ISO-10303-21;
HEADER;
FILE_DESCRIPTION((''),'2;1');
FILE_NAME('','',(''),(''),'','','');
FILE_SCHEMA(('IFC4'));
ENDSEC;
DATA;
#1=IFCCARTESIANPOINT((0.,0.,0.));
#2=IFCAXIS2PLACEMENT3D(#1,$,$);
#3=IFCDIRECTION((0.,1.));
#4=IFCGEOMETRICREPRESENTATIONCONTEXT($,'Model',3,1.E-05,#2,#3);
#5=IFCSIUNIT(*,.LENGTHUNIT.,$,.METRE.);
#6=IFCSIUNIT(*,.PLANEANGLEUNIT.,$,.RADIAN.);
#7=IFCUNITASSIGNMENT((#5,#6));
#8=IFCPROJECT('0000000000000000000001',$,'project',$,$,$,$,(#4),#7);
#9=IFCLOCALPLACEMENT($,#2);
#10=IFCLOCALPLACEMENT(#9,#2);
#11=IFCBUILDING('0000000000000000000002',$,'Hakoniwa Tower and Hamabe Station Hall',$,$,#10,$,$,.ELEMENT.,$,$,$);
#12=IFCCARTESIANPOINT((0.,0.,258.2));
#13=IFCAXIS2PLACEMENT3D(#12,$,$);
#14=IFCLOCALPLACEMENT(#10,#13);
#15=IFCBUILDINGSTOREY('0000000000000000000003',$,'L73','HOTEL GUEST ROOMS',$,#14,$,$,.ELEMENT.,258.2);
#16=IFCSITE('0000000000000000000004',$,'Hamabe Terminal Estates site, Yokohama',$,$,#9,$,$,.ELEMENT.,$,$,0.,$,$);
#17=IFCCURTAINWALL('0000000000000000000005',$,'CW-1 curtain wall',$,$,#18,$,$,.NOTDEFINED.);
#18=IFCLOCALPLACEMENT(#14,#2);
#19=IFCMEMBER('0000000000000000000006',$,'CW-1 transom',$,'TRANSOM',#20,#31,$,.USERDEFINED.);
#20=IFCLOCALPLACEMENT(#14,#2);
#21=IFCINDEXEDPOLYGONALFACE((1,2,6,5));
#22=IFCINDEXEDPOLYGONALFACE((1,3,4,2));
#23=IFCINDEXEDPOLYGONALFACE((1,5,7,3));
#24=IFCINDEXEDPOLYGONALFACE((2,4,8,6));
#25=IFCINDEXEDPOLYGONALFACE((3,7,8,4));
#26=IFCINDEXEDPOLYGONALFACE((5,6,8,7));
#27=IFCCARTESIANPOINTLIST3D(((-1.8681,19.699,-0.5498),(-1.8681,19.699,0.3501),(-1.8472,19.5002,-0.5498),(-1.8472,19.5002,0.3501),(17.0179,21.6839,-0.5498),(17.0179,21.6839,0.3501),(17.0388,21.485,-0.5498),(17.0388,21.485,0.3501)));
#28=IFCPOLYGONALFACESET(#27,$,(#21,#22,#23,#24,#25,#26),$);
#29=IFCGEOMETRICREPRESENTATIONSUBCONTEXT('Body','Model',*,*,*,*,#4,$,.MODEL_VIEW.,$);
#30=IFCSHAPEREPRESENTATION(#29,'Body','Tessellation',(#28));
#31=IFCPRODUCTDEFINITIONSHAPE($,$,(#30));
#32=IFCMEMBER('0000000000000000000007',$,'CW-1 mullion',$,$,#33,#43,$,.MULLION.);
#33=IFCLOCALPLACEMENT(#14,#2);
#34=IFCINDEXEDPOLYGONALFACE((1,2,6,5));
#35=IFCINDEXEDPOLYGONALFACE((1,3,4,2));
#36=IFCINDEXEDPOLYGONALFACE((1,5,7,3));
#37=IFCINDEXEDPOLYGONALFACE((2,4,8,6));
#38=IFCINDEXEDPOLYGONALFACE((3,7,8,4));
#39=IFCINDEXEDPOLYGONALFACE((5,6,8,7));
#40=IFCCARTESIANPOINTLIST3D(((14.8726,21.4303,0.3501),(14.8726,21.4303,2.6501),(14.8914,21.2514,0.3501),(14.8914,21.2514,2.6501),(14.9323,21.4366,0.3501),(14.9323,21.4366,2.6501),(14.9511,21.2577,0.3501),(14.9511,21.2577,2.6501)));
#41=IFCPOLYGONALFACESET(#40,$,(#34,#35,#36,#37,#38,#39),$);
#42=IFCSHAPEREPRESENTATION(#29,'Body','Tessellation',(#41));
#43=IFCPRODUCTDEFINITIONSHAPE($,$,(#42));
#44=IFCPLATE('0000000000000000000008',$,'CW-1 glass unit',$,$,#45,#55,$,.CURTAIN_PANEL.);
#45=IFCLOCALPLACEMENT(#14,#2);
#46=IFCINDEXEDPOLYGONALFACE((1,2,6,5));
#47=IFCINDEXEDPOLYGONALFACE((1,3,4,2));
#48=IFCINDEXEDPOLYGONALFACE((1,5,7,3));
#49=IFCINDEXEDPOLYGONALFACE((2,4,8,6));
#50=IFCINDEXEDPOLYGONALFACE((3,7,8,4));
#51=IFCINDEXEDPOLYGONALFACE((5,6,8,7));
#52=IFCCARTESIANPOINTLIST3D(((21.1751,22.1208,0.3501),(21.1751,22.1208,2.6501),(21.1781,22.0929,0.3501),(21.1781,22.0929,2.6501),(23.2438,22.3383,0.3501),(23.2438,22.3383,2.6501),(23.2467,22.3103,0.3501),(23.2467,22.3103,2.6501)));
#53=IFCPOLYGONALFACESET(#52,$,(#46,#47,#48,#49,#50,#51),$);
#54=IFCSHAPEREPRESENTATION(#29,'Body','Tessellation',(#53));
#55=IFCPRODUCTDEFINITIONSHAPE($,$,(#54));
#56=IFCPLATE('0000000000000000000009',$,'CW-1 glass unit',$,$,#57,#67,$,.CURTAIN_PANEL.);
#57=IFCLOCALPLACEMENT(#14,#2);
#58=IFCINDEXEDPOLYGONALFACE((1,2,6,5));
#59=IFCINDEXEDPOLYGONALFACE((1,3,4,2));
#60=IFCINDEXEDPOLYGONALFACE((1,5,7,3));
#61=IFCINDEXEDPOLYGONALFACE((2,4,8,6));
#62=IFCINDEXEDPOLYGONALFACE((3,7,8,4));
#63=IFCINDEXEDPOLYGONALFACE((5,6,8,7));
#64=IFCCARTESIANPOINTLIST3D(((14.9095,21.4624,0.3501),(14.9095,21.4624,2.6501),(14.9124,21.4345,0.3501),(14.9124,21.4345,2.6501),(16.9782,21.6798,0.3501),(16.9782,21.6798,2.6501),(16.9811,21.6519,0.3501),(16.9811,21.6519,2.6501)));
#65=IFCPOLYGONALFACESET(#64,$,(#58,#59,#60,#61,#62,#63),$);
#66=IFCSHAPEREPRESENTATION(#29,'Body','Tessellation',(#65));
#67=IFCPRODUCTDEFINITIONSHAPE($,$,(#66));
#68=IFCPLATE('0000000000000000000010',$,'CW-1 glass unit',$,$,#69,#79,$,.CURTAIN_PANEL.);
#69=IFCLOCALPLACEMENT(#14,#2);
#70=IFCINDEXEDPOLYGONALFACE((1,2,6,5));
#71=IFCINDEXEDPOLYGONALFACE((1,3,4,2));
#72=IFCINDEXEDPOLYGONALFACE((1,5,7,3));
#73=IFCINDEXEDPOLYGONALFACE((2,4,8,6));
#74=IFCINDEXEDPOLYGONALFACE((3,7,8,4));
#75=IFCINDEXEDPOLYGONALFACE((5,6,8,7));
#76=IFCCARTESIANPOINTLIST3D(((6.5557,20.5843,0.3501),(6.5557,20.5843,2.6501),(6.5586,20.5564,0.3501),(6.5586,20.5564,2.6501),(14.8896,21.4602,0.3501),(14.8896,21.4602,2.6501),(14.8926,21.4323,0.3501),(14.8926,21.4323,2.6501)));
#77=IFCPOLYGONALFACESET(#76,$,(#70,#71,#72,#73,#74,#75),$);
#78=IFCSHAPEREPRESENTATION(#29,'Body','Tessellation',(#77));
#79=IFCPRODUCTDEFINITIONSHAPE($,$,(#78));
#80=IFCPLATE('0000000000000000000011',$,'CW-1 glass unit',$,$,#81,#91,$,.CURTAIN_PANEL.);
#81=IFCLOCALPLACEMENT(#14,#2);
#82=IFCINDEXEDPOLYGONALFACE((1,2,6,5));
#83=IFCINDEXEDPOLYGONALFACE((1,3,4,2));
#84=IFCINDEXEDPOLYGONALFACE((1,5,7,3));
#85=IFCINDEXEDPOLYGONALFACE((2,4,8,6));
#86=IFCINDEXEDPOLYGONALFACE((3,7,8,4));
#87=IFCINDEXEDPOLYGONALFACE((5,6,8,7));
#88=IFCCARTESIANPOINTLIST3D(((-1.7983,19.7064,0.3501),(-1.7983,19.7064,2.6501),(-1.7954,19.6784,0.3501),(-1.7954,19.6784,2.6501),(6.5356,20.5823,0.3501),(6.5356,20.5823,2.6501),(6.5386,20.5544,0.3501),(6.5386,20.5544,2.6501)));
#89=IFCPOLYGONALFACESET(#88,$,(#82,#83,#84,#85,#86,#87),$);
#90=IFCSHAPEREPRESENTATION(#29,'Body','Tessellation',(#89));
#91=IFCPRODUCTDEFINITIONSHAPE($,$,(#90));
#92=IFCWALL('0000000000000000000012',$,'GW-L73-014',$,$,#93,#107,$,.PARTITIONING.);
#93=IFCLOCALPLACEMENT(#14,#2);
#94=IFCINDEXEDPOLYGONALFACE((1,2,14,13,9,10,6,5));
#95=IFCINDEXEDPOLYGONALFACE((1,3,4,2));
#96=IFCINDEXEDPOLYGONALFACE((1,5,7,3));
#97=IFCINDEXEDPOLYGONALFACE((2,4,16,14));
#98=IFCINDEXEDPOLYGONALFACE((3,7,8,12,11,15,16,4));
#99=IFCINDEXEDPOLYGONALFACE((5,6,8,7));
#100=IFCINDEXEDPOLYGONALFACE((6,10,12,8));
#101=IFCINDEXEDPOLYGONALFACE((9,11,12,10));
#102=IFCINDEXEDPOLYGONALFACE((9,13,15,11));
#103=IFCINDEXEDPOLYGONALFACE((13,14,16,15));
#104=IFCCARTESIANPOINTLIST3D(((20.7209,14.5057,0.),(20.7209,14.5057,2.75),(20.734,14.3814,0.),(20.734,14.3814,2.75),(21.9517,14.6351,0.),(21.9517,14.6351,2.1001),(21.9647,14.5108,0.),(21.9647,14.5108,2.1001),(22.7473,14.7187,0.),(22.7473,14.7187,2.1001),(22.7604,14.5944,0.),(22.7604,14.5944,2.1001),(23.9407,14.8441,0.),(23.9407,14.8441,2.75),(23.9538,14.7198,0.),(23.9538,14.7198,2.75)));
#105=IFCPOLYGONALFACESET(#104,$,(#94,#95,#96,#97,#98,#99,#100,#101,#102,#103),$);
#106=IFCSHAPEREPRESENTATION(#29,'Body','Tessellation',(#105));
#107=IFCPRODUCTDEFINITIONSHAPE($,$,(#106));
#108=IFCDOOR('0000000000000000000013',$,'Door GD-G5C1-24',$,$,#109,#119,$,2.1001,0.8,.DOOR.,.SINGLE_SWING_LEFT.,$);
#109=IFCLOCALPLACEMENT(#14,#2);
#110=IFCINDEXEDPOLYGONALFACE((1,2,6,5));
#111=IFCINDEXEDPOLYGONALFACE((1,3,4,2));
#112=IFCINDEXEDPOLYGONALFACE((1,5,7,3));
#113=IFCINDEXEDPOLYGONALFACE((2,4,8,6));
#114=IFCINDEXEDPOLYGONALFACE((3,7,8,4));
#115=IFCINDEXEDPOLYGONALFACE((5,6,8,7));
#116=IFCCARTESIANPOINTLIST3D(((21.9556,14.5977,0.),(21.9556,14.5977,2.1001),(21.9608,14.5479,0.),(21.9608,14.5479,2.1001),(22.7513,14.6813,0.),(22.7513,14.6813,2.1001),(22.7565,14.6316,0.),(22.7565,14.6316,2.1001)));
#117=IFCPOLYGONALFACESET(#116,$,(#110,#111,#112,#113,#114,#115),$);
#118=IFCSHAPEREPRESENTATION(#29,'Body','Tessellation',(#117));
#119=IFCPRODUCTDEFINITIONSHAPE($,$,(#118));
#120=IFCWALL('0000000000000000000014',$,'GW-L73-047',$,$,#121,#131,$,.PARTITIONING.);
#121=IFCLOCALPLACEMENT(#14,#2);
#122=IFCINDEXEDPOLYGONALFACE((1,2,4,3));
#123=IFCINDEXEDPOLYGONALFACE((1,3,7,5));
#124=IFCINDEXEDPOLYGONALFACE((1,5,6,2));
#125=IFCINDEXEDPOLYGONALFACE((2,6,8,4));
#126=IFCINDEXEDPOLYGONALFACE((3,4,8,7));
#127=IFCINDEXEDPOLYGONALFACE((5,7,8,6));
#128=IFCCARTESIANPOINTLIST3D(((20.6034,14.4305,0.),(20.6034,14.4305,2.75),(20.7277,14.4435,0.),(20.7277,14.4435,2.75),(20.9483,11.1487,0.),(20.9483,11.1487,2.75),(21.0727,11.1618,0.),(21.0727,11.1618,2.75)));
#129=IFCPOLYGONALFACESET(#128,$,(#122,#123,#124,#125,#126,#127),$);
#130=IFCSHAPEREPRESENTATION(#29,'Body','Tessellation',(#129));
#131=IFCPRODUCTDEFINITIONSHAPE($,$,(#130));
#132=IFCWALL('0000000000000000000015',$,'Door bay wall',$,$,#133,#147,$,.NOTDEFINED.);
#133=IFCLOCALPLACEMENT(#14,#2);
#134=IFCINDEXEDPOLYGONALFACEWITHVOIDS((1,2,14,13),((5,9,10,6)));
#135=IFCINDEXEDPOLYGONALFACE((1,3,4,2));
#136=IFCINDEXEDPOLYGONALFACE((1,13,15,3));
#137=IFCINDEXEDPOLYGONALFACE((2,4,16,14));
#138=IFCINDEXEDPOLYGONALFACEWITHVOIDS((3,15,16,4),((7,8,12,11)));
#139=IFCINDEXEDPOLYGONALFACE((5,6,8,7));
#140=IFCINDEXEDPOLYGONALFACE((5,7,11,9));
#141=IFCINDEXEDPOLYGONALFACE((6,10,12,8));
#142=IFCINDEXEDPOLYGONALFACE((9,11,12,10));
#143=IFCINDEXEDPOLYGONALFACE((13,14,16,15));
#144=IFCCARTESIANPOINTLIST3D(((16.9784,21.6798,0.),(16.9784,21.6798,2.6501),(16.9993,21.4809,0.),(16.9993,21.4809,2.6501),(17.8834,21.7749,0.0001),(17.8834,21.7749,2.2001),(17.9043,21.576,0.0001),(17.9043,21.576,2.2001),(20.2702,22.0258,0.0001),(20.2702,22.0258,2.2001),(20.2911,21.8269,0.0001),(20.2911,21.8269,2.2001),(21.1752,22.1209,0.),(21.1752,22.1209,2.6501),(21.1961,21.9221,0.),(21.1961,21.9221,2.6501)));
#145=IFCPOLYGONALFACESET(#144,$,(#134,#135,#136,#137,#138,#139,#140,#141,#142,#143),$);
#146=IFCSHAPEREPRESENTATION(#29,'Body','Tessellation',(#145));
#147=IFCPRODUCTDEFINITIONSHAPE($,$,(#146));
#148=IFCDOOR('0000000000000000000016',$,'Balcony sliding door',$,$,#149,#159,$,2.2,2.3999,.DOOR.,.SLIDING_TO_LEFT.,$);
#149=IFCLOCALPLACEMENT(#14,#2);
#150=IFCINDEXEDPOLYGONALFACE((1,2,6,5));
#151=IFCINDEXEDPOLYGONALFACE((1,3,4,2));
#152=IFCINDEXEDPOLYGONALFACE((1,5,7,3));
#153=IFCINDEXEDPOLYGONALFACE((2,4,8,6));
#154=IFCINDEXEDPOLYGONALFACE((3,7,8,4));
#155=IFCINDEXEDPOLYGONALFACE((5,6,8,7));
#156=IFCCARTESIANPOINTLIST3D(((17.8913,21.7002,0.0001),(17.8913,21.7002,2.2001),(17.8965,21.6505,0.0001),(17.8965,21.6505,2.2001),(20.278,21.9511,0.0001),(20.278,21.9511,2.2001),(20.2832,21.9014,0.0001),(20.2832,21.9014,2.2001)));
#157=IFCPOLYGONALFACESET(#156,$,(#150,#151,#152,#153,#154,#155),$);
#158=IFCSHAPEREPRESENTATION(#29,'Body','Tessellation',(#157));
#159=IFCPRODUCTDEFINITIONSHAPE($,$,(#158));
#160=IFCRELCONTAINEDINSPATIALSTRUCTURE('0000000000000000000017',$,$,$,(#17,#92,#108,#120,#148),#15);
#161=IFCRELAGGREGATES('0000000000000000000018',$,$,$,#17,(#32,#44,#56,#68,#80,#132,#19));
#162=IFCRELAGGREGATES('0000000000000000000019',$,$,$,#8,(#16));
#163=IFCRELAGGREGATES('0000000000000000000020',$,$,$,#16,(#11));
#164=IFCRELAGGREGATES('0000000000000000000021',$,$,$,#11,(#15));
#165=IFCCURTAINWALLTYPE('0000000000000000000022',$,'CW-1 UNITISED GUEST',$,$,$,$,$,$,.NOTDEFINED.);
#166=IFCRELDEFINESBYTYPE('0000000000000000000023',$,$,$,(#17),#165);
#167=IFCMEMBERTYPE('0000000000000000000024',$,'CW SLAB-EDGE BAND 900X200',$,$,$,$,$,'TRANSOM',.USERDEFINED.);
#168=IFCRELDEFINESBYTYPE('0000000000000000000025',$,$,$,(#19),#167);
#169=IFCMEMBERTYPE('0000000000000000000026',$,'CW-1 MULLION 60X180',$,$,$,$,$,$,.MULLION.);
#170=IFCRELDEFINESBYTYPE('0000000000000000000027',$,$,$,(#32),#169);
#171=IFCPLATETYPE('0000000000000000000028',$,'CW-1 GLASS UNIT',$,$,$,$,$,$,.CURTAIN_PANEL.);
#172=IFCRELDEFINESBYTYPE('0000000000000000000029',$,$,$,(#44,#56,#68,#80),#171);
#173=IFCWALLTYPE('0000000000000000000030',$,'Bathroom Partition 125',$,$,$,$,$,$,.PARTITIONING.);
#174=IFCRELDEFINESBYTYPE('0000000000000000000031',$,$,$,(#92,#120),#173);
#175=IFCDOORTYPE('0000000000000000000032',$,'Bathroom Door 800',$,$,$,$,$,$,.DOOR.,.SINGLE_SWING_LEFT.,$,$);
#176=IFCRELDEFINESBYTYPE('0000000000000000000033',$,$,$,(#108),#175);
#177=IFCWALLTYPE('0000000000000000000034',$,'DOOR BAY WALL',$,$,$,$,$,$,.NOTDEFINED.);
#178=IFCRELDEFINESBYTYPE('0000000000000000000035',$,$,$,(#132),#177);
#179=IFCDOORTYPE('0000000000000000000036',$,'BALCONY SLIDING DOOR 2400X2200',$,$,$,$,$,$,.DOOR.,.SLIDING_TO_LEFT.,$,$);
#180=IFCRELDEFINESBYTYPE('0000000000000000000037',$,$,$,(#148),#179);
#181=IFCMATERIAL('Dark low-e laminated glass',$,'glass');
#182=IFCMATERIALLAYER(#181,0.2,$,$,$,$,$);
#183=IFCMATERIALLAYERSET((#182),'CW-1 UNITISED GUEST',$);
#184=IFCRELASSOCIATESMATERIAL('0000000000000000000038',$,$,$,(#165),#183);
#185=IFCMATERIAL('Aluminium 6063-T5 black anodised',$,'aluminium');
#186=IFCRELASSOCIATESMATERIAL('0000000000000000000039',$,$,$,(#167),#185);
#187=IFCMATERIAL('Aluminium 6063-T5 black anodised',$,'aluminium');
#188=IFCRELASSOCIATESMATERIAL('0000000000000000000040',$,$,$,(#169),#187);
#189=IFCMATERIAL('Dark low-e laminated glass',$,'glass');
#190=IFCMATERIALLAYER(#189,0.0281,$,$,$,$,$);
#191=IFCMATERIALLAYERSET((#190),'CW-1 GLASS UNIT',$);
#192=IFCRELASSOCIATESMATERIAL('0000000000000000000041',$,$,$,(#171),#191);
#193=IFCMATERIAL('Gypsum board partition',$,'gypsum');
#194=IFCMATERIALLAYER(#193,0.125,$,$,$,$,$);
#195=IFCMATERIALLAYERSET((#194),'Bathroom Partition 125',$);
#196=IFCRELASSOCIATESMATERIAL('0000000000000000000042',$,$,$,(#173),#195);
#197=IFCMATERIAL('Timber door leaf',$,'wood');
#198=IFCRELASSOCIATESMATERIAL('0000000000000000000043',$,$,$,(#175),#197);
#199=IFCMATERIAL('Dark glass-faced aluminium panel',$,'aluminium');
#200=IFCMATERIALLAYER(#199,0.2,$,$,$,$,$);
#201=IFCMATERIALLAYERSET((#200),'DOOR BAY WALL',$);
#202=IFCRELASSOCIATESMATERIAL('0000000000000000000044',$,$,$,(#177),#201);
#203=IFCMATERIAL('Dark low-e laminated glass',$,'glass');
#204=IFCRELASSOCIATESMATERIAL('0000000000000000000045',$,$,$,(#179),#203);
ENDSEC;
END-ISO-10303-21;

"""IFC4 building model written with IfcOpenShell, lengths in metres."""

from ifc_helpers import new_model, si_unit, direction, frame, frame_2d, origin, origin_2d, place, context, subcontext, project, spatial, rectangle, extrude, material, layer, layer_set, material_profile, profile_set, type_object, element, fill, aggregate, save


model = new_model("IFC4")

# Units and contexts
model_context = context("Model", 3, precision=1e-05, world=origin(), true_north=direction((0.0, 1.0)))
body_context = subcontext(model_context, "Body", "Model", "MODEL_VIEW")
ifc_project = project(units=[si_unit("LENGTHUNIT", "METRE"), si_unit("PLANEANGLEUNIT", "RADIAN")], contexts=[model_context])

# Site, building, storey
site_placement = place(None, origin())
site = spatial("IfcSite", under=ifc_project, at=site_placement, Name="Hamabe Terminal Estates site, Yokohama", CompositionType="ELEMENT", RefElevation=0.0)
building_placement = place(site_placement, origin())
building = spatial("IfcBuilding", under=site, at=building_placement, Name="Hakoniwa Tower and Hamabe Station Hall", CompositionType="ELEMENT")
storey_placement = place(building_placement, frame((0.0, 0.0, 258.2)))
storey = spatial("IfcBuildingStorey", under=building, at=storey_placement, Name="L73", Description="HOTEL GUEST ROOMS", CompositionType="ELEMENT", Elevation=258.2)

# Curtain wall, members, plates
ifc_material_1 = material(Name="Dark low-e laminated glass", Category="glass")
ifc_layer_1 = layer(ifc_material_1, 0.2)
ifc_layer_set_1 = layer_set([ifc_layer_1], Name="CW-1 UNITISED GUEST")
curtain_wall_type = type_object("IfcCurtainWallType", Name="CW-1 UNITISED GUEST", PredefinedType="NOTDEFINED", material=ifc_layer_set_1)
curtain_wall_placement = place(storey_placement, origin())
curtain_wall = element("IfcCurtainWall", 1, at=curtain_wall_placement, inside=storey, type_object=curtain_wall_type, Name="CW-1 curtain wall", PredefinedType="NOTDEFINED")
ifc_material_2 = material(Name="Aluminium 6063-T5 black anodised", Category="aluminium")
ifc_material_profile_1 = material_profile(ifc_material_2, rectangle(XDim=0.2, YDim=0.8999, at=origin_2d()), Name="CW SLAB-EDGE BAND 900X200")
ifc_profile_set_1 = profile_set([ifc_material_profile_1], Name="Aluminium 6063-T5 black anodised")
member_type_1 = type_object("IfcMemberType", Name="CW SLAB-EDGE BAND 900X200", ElementType="TRANSOM", PredefinedType="USERDEFINED", material=ifc_profile_set_1)
member_1_placement = place(storey_placement, frame((17.0283, 21.5845, -0.0999), z_axis=(-0.994523, -0.104521, 0.0), x_axis=(0.104521, -0.994523, 0.0)))
member_1 = element("IfcMember", 2, at=member_1_placement, type_object=member_type_1, Name="CW-1 transom", ObjectType="TRANSOM", PredefinedType="USERDEFINED", context=body_context, shape_type="SweptSolid", body=[
    extrude(rectangle(XDim=0.2, YDim=0.8999, at=origin_2d()), origin(), (0.0, 0.0, 1.0), 18.99),
])
ifc_material_3 = material(Name="Aluminium 6063-T5 black anodised", Category="aluminium")
ifc_material_profile_2 = material_profile(ifc_material_3, rectangle(XDim=0.0601, YDim=0.1799, at=origin_2d()), Name="CW-1 MULLION 60X180")
ifc_profile_set_2 = profile_set([ifc_material_profile_2], Name="Aluminium 6063-T5 black anodised")
member_type_2 = type_object("IfcMemberType", Name="CW-1 MULLION 60X180", PredefinedType="MULLION", material=ifc_profile_set_2)
member_2_placement = place(storey_placement, frame((14.9119, 21.344, 0.3501), z_axis=(0.0, 0.0, 1.0), x_axis=(-0.994522, -0.104528, 0.0)))
member_2 = element("IfcMember", 3, at=member_2_placement, type_object=member_type_2, Name="CW-1 mullion", PredefinedType="MULLION", context=body_context, shape_type="SweptSolid", body=[
    extrude(rectangle(XDim=0.0601, YDim=0.1799, at=origin_2d()), origin(), (0.0, 0.0, 1.0), 2.3),
])
ifc_material_4 = material(Name="Dark low-e laminated glass", Category="glass")
ifc_layer_2 = layer(ifc_material_4, 0.0281)
ifc_layer_set_2 = layer_set([ifc_layer_2], Name="CW-1 GLASS UNIT")
plate_type = type_object("IfcPlateType", Name="CW-1 GLASS UNIT", PredefinedType="CURTAIN_PANEL", material=ifc_layer_set_2)
plate_1_placement = place(storey_placement, frame((22.2109, 22.2156, 0.3501), z_axis=(0.0, 0.0, 1.0), x_axis=(-0.994522, -0.104528, 0.0)))
plate_1 = element("IfcPlate", 4, at=plate_1_placement, type_object=plate_type, Name="CW-1 glass unit", PredefinedType="CURTAIN_PANEL", context=body_context, shape_type="SweptSolid", body=[
    extrude(rectangle(XDim=2.0801, YDim=0.0281, at=origin_2d()), origin(), (0.0, 0.0, 1.0), 2.3),
])
plate_2_placement = place(storey_placement, frame((15.9453, 21.5571, 0.3501), z_axis=(0.0, 0.0, 1.0), x_axis=(-0.994522, -0.104528, 0.0)))
plate_2 = element("IfcPlate", 5, at=plate_2_placement, type_object=plate_type, Name="CW-1 glass unit", PredefinedType="CURTAIN_PANEL", context=body_context, shape_type="SweptSolid", body=[
    extrude(rectangle(XDim=2.0801, YDim=0.0281, at=origin_2d()), origin(), (0.0, 0.0, 1.0), 2.3),
])
plate_3_placement = place(storey_placement, frame((10.7241, 21.0083, 0.3501), z_axis=(0.0, 0.0, 1.0), x_axis=(-0.994522, -0.104528, 0.0)))
plate_3 = element("IfcPlate", 6, at=plate_3_placement, type_object=plate_type, Name="CW-1 glass unit", PredefinedType="CURTAIN_PANEL", context=body_context, shape_type="SweptSolid", body=[
    extrude(rectangle(XDim=8.3799, YDim=0.0281, at=origin_2d()), origin(), (0.0, 0.0, 1.0), 2.3),
])
plate_4_placement = place(storey_placement, frame((2.3701, 20.1304, 0.3501), z_axis=(0.0, 0.0, 1.0), x_axis=(-0.994522, -0.104528, 0.0)))
plate_4 = element("IfcPlate", 7, at=plate_4_placement, type_object=plate_type, Name="CW-1 glass unit", PredefinedType="CURTAIN_PANEL", context=body_context, shape_type="SweptSolid", body=[
    extrude(rectangle(XDim=8.3799, YDim=0.0281, at=origin_2d()), origin(), (0.0, 0.0, 1.0), 2.3),
])

# Wall, opening, door
ifc_material_5 = material(Name="Gypsum board partition", Category="gypsum")
ifc_layer_3 = layer(ifc_material_5, 0.125)
ifc_layer_set_3 = layer_set([ifc_layer_3], Name="Bathroom Partition 125")
wall_type_1 = type_object("IfcWallType", Name="Bathroom Partition 125", PredefinedType="PARTITIONING", material=ifc_layer_set_3)
wall_1_placement = place(storey_placement, frame((20.7275, 14.4436, 0.0), z_axis=(0.0, 0.0, 1.0), x_axis=(0.994523, 0.10452, 0.0)))
wall_1 = element("IfcWall", 8, at=wall_1_placement, inside=storey, type_object=wall_type_1, Name="GW-L73-014", PredefinedType="PARTITIONING", context=body_context, shape_type="SweptSolid", body=[
    extrude(rectangle(XDim=3.2375, YDim=0.125, at=frame_2d((1.6187, 0.0))), origin(), (0.0, 0.0, 1.0), 2.75),
])
opening_1_placement = place(wall_1_placement, frame((1.2375, 0.0, 0.0)))
opening_1 = element("IfcOpeningElement", 9, at=opening_1_placement, cuts=wall_1, PredefinedType="OPENING", context=body_context, shape_type="SweptSolid", body=[
    extrude(rectangle(XDim=0.8, YDim=2.1001, at=frame_2d((0.3999, 1.05))), frame((0.0, 0.0725, 0.0), z_axis=(0.0, -1.0, 0.0), x_axis=(1.0, 0.0, 0.0)), (0.0, 0.0, 1.0), 0.145),
])
ifc_material_6 = material(Name="Timber door leaf", Category="wood")
door_type_1 = type_object("IfcDoorType", Name="Bathroom Door 800", OperationType="SINGLE_SWING_LEFT", PredefinedType="DOOR", material=ifc_material_6)
door_1_placement = place(opening_1_placement, origin())
door_1 = element("IfcDoor", 10, at=door_1_placement, inside=storey, type_object=door_type_1, Name="Door GD-G5C1-24", OperationType="SINGLE_SWING_LEFT", OverallHeight=2.1001, OverallWidth=0.8, PredefinedType="DOOR", context=body_context, shape_type="SweptSolid", body=[
    extrude(rectangle(XDim=0.8, YDim=2.1001, at=frame_2d((0.3999, 1.05))), frame((0.0, 0.0249, 0.0), z_axis=(0.0, -1.0, 0.0), x_axis=(1.0, 0.0, 0.0)), (0.0, 0.0, 1.0), 0.05),
])
fill(opening_1, door_1)

# Wall
wall_2_placement = place(storey_placement, frame((21.0105, 11.1553, 0.0), z_axis=(0.0, 0.0, 1.0), x_axis=(-0.104542, 0.99452, 0.0)))
element("IfcWall", 11, at=wall_2_placement, inside=storey, type_object=wall_type_1, Name="GW-L73-047", PredefinedType="PARTITIONING", context=body_context, shape_type="SweptSolid", body=[
    extrude(rectangle(XDim=3.2998, YDim=0.125, at=frame_2d((1.6499, 0.0))), origin(), (0.0, 0.0, 1.0), 2.75),
])

# Wall, opening, door
ifc_material_7 = material(Name="Dark glass-faced aluminium panel", Category="aluminium")
ifc_layer_4 = layer(ifc_material_7, 0.2)
ifc_layer_set_4 = layer_set([ifc_layer_4], Name="DOOR BAY WALL")
wall_type_2 = type_object("IfcWallType", Name="DOOR BAY WALL", PredefinedType="NOTDEFINED", material=ifc_layer_set_4)
wall_3_placement = place(storey_placement, frame((21.1855, 22.0215, 0.0), z_axis=(0.0, 0.0, 1.0), x_axis=(-0.99452, -0.104543, 0.0)))
wall_3 = element("IfcWall", 12, at=wall_3_placement, type_object=wall_type_2, Name="Door bay wall", PredefinedType="NOTDEFINED", context=body_context, shape_type="SweptSolid", body=[
    extrude(rectangle(XDim=4.22, YDim=0.2, at=frame_2d((2.1099, 0.0))), origin(), (0.0, 0.0, 1.0), 2.6501),
])
opening_2_placement = place(wall_3_placement, frame((0.9099, 0.0, 0.0)))
opening_2 = element("IfcOpeningElement", 13, at=opening_2_placement, cuts=wall_3, PredefinedType="OPENING", context=body_context, shape_type="SweptSolid", body=[
    extrude(rectangle(XDim=2.3999, YDim=2.2, at=frame_2d((1.2, 1.1001))), frame((0.0, 0.1099, 0.0), z_axis=(0.0, -1.0, 0.0), x_axis=(1.0, 0.0, 0.0)), (0.0, 0.0, 1.0), 0.22),
])
ifc_material_8 = material(Name="Dark low-e laminated glass", Category="glass")
door_type_2 = type_object("IfcDoorType", Name="BALCONY SLIDING DOOR 2400X2200", OperationType="SLIDING_TO_LEFT", PredefinedType="DOOR", material=ifc_material_8)
door_2_placement = place(opening_2_placement, frame((2.3999, 0.0, 0.0), z_axis=(0.0, 0.0, 1.0), x_axis=(-1.0, 0.0, 0.0)))
door_2 = element("IfcDoor", 14, at=door_2_placement, inside=storey, type_object=door_type_2, Name="Balcony sliding door", OperationType="SLIDING_TO_LEFT", OverallHeight=2.2, OverallWidth=2.3999, PredefinedType="DOOR", context=body_context, shape_type="SweptSolid", body=[
    extrude(rectangle(XDim=2.3999, YDim=2.2, at=frame_2d((1.2, 1.1001))), frame((0.0, 0.0249, 0.0), z_axis=(0.0, -1.0, 0.0), x_axis=(1.0, 0.0, 0.0)), (0.0, 0.0, 1.0), 0.05),
])
fill(opening_2, door_2)
aggregate(curtain_wall, [member_2, plate_1, plate_2, plate_3, plate_4, wall_3, member_1])

save(model, "model.ifc")
